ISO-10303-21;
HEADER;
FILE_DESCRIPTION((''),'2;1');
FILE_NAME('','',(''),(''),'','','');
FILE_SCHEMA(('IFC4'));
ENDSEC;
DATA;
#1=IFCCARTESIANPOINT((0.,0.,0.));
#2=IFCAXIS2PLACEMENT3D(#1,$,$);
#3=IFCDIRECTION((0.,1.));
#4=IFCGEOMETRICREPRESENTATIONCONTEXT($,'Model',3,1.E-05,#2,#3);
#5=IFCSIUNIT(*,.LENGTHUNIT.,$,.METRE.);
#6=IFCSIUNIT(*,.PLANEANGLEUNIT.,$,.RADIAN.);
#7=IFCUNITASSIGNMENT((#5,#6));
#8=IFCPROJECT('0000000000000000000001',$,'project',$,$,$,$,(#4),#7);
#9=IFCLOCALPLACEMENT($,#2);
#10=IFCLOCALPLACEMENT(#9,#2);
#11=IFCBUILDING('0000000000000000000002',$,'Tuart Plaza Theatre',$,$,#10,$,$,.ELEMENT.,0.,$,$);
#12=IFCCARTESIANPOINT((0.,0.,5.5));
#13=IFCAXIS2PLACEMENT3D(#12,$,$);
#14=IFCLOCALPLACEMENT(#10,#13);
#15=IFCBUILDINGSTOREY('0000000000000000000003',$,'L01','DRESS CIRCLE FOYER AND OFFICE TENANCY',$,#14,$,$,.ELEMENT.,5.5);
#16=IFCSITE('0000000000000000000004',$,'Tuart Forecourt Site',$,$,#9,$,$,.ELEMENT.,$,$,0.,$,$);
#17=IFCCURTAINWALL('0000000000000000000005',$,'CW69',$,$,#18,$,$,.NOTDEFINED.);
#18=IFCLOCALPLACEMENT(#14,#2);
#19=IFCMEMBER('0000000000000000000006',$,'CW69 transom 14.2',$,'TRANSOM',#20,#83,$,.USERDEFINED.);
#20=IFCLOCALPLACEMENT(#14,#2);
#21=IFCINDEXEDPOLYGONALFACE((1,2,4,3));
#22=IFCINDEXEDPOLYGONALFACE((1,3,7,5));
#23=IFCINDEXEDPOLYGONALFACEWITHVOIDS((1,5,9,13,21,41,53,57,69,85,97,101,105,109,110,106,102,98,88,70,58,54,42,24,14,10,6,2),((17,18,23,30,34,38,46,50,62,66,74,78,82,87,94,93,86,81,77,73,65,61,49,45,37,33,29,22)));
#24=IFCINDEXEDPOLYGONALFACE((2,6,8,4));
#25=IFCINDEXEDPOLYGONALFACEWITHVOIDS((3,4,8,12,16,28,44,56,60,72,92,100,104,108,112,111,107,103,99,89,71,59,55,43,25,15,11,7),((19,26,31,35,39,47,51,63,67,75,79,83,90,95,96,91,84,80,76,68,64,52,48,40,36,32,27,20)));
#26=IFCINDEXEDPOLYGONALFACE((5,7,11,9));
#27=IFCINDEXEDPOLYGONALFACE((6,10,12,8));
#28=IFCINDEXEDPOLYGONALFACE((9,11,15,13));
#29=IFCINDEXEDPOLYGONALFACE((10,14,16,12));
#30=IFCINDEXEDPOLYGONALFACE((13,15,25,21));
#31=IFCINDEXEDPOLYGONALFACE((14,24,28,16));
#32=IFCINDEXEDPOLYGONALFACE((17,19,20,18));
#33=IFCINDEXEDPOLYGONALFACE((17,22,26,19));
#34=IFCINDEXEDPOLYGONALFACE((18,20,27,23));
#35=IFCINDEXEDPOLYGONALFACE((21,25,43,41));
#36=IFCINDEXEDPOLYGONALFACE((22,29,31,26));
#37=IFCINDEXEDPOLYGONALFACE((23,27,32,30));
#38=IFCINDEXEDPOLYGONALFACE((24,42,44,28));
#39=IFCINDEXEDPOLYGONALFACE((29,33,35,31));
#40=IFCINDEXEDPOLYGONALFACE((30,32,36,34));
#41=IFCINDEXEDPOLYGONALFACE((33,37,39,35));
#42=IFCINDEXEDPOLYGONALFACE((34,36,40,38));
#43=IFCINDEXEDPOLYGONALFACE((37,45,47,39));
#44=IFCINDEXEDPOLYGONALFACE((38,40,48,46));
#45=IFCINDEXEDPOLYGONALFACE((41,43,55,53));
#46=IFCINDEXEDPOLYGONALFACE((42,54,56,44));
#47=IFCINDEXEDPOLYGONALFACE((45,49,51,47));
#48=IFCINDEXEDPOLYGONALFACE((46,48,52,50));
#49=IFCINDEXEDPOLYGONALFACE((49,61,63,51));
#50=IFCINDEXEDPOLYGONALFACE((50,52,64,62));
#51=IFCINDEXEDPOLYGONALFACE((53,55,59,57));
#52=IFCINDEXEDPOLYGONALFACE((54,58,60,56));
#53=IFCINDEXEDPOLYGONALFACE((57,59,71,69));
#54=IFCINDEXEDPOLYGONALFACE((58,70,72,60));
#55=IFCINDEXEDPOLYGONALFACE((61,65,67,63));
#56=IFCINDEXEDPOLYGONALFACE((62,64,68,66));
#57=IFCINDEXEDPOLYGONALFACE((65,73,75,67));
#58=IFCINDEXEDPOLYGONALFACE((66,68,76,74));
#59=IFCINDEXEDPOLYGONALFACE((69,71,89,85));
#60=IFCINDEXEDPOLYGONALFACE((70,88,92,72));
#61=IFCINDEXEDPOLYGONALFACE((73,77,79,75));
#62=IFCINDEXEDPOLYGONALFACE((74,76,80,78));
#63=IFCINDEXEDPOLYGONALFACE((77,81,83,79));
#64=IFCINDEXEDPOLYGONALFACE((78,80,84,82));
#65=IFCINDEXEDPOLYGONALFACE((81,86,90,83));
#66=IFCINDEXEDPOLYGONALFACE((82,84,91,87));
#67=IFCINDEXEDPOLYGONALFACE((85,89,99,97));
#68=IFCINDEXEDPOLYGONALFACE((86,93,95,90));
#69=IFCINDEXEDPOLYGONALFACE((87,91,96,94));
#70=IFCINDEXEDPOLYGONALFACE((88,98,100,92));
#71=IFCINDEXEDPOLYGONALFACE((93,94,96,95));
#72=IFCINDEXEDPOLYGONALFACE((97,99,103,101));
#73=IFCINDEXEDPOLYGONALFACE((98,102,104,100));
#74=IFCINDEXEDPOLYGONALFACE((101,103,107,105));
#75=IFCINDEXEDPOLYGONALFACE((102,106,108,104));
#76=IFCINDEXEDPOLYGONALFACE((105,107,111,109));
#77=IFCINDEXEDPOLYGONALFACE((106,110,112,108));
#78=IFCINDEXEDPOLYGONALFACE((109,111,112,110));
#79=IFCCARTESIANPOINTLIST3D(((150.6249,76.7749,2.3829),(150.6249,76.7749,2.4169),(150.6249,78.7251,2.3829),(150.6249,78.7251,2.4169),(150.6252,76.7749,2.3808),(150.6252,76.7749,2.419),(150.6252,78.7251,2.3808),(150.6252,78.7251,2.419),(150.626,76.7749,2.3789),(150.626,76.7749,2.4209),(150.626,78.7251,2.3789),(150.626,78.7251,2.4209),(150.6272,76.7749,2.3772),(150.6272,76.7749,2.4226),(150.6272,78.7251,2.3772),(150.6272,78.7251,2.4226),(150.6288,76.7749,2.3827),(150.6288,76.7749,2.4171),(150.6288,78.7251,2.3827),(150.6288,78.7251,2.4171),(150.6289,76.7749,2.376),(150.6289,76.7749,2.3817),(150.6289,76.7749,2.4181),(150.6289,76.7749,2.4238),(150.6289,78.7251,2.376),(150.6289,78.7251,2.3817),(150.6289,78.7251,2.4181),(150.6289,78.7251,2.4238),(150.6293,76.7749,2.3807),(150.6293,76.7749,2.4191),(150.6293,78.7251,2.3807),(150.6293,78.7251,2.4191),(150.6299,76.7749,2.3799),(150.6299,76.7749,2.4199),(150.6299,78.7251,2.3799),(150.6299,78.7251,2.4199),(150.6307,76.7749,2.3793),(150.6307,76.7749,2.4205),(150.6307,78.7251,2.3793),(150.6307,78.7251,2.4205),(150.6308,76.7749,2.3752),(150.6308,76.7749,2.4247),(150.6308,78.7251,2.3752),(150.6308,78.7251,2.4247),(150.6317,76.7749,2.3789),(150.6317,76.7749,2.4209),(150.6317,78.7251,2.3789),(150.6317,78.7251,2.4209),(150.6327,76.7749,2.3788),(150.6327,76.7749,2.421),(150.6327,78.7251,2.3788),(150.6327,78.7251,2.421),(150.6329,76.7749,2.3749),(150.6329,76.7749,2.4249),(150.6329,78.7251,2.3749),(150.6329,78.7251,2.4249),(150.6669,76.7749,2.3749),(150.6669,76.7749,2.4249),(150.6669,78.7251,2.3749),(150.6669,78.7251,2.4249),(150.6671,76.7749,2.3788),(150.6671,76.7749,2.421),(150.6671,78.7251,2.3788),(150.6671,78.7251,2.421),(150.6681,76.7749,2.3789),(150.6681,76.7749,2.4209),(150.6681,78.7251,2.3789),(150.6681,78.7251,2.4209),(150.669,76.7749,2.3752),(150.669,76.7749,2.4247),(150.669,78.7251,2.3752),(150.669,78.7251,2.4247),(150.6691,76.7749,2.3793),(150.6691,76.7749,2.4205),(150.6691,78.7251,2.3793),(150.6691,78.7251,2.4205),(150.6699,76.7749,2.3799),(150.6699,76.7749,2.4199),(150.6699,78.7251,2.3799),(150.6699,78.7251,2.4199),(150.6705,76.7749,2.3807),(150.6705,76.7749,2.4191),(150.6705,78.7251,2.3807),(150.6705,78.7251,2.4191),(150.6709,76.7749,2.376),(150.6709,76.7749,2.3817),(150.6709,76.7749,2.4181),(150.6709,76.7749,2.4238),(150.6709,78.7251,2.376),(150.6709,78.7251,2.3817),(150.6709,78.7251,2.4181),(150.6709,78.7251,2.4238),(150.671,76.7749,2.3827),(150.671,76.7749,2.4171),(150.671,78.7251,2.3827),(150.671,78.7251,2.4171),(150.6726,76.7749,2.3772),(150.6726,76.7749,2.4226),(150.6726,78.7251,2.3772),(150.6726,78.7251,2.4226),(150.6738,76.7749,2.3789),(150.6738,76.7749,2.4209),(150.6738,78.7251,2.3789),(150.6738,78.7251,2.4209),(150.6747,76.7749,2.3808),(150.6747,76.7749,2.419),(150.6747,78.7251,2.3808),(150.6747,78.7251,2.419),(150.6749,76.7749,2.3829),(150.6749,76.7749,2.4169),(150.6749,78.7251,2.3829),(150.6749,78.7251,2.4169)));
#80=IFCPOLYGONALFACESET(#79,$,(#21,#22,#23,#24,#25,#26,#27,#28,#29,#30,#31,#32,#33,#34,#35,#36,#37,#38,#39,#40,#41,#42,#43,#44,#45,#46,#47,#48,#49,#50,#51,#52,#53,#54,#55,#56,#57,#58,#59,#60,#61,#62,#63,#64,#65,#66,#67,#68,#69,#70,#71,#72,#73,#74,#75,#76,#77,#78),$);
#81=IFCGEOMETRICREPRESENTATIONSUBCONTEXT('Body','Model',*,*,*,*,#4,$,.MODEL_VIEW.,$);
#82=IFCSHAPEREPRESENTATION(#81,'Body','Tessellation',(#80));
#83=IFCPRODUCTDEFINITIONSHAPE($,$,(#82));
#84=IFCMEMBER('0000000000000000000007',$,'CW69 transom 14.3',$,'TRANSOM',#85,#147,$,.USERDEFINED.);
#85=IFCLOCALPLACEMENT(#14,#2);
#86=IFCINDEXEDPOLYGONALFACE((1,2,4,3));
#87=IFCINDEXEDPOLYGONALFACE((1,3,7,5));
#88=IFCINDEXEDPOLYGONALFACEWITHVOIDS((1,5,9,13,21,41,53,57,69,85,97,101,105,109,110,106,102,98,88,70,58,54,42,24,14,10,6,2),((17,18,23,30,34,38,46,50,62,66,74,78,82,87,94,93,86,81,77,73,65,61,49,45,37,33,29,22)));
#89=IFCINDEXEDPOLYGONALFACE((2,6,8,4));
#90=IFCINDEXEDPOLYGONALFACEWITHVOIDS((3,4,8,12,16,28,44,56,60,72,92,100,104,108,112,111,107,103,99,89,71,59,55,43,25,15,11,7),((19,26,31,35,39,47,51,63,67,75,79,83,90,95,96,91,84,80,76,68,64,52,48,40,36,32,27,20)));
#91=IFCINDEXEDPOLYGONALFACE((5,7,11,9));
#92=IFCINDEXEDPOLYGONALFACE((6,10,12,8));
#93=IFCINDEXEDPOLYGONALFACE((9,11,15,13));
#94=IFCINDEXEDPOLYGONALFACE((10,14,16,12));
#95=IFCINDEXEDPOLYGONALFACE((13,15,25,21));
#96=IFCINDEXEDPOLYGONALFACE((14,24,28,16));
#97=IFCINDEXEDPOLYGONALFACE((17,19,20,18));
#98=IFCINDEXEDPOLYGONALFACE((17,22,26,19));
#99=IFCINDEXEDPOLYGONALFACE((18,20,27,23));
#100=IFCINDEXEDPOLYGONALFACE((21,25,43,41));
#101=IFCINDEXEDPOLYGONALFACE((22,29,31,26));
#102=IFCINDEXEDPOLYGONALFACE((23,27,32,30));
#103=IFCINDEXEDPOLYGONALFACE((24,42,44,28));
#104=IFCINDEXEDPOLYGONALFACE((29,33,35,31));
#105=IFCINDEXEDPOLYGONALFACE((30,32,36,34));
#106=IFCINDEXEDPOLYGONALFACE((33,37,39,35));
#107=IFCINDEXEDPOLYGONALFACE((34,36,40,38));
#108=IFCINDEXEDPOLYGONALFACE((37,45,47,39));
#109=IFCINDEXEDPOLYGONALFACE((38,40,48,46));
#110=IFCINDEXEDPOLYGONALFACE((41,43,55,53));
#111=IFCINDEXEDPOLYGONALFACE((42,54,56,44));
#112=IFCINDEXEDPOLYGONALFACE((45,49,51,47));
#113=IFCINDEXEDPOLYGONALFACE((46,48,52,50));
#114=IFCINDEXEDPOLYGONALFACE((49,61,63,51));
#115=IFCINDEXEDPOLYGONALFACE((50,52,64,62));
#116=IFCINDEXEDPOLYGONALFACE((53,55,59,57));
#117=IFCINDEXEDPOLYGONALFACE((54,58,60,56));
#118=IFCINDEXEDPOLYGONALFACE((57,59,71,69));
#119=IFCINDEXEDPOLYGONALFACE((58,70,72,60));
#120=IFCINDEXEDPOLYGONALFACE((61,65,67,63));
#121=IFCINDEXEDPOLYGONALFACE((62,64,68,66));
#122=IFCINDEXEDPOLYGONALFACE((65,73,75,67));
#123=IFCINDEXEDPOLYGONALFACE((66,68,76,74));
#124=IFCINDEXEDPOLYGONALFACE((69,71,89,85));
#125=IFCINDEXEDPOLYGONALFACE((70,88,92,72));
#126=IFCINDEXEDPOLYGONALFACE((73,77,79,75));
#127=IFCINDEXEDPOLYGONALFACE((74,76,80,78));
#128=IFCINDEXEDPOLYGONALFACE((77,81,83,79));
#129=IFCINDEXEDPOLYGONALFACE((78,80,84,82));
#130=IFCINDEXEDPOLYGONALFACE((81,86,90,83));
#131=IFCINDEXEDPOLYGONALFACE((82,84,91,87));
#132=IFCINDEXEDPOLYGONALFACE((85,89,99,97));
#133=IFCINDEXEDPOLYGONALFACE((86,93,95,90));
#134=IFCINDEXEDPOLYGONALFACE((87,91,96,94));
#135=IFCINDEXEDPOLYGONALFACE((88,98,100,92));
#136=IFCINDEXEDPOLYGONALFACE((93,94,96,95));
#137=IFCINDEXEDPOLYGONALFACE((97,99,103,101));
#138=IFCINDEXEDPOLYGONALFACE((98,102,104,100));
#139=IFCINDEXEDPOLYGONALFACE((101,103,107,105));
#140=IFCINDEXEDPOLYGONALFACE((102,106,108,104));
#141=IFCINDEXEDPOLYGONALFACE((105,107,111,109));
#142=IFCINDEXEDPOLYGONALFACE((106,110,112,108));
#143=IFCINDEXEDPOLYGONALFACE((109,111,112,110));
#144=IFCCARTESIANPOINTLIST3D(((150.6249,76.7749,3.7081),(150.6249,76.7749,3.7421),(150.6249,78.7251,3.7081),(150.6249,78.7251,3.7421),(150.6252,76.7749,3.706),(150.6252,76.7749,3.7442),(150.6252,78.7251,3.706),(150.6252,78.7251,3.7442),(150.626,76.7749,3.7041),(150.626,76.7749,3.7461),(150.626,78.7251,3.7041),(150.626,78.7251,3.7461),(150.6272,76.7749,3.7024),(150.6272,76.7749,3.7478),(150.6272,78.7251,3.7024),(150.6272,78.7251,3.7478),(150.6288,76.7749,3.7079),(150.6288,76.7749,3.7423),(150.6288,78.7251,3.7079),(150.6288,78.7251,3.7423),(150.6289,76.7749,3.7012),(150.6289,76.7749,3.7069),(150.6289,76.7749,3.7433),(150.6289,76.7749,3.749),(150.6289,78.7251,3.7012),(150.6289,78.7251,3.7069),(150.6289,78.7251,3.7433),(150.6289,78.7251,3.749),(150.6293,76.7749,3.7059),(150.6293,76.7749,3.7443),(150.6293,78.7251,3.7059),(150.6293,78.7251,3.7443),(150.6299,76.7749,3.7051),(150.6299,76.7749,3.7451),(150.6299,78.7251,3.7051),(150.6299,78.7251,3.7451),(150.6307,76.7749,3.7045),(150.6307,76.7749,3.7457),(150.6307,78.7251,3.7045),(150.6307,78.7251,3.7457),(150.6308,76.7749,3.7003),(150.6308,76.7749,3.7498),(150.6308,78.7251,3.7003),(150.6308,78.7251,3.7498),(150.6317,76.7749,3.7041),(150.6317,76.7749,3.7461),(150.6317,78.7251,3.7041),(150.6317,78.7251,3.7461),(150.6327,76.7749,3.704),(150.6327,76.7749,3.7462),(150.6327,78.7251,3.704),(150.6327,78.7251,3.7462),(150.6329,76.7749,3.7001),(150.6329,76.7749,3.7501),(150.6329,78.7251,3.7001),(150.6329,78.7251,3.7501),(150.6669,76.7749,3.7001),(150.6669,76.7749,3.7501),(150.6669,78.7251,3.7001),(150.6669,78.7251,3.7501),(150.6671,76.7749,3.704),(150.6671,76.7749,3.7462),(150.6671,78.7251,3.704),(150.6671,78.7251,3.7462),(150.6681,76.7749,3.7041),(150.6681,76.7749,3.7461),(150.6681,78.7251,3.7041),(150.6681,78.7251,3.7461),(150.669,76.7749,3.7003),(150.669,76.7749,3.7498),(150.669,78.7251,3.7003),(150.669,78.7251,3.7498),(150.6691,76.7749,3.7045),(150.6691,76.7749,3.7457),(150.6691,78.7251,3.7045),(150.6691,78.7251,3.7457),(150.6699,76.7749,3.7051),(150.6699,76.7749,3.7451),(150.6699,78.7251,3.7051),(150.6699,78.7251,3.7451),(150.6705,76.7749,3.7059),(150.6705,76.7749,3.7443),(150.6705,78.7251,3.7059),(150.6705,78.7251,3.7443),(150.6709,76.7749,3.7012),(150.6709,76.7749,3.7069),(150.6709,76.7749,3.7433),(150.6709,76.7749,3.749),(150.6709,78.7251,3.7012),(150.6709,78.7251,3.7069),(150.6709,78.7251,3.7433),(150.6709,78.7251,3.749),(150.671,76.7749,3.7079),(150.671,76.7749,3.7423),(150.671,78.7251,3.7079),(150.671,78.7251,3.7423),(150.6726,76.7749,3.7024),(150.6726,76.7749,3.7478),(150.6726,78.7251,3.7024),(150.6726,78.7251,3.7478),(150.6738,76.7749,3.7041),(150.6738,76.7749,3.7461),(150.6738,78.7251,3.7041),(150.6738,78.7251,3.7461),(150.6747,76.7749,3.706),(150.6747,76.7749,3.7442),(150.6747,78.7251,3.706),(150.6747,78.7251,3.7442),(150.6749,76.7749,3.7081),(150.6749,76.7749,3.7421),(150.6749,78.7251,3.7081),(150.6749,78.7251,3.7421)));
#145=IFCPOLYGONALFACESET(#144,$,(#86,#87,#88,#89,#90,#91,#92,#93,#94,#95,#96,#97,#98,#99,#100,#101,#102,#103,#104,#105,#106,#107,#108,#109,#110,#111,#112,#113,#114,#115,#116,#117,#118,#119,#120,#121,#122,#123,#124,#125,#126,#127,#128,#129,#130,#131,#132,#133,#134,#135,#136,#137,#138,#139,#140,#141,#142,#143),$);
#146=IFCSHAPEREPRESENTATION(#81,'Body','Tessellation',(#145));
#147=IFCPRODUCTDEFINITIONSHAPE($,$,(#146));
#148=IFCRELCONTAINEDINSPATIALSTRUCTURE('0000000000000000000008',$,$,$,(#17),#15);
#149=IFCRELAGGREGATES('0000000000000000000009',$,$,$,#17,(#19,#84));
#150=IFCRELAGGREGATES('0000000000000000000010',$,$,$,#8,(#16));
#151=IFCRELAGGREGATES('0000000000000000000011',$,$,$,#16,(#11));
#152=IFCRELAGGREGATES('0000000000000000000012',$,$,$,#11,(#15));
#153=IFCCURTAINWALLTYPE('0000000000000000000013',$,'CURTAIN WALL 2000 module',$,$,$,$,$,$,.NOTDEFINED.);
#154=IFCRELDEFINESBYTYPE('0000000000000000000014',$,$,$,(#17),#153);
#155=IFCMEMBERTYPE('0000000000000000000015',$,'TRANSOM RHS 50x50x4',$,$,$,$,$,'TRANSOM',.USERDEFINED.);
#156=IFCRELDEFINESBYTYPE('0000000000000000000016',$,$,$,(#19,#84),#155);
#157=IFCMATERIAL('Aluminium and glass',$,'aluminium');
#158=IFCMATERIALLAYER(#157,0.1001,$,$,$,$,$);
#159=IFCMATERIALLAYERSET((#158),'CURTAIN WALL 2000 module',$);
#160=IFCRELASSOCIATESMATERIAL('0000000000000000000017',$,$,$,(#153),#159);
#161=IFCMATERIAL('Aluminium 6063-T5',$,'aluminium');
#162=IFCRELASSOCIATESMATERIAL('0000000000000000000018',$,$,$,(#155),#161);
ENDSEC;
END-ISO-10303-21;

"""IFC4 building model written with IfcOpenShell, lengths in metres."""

from ifc_helpers import new_model, si_unit, direction, frame, origin, origin_2d, place, context, subcontext, project, spatial, hollow_rectangle, extrude, material, layer, layer_set, material_profile, profile_set, type_object, element, aggregate, save


model = new_model("IFC4")

# Units and contexts
model_context = context("Model", 3, precision=1e-05, world=origin(), true_north=direction((0.0, 1.0)))
body_context = subcontext(model_context, "Body", "Model", "MODEL_VIEW")
ifc_project = project(units=[si_unit("LENGTHUNIT", "METRE"), si_unit("PLANEANGLEUNIT", "RADIAN")], contexts=[model_context])

# Site, building, storey
site_placement = place(None, origin())
site = spatial("IfcSite", under=ifc_project, at=site_placement, Name="Tuart Forecourt Site", CompositionType="ELEMENT", RefElevation=0.0)
building_placement = place(site_placement, origin())
building = spatial("IfcBuilding", under=site, at=building_placement, Name="Tuart Plaza Theatre", CompositionType="ELEMENT", ElevationOfRefHeight=0.0)
storey_placement = place(building_placement, frame((0.0, 0.0, 5.5)))
storey = spatial("IfcBuildingStorey", under=building, at=storey_placement, Name="L01", Description="DRESS CIRCLE FOYER AND OFFICE TENANCY", CompositionType="ELEMENT", Elevation=5.5)

# Curtain wall, members
ifc_material_1 = material(Name="Aluminium and glass", Category="aluminium")
ifc_layer_1 = layer(ifc_material_1, 0.1001)
ifc_layer_set_1 = layer_set([ifc_layer_1], Name="CURTAIN WALL 2000 module")
curtain_wall_type = type_object("IfcCurtainWallType", Name="CURTAIN WALL 2000 module", PredefinedType="NOTDEFINED", material=ifc_layer_set_1)
curtain_wall_placement = place(storey_placement, origin())
curtain_wall = element("IfcCurtainWall", 1, at=curtain_wall_placement, inside=storey, type_object=curtain_wall_type, Name="CW69", PredefinedType="NOTDEFINED")
ifc_material_2 = material(Name="Aluminium 6063-T5", Category="aluminium")
ifc_material_profile_1 = material_profile(ifc_material_2, hollow_rectangle(XDim=0.05, YDim=0.05, WallThickness=0.0039, InnerFilletRadius=0.0039, OuterFilletRadius=0.0081, at=origin_2d()), Name="RHS 50x50x4")
ifc_profile_set_1 = profile_set([ifc_material_profile_1], Name="Aluminium 6063-T5")
member_type_1 = type_object("IfcMemberType", Name="TRANSOM RHS 50x50x4", ElementType="TRANSOM", PredefinedType="USERDEFINED", material=ifc_profile_set_1)
member_1_placement = place(storey_placement, frame((150.6499, 76.7749, 2.3999), z_axis=(0.0, 1.0, 0.0), x_axis=(-1.0, 0.0, 0.0)))
member_1 = element("IfcMember", 2, at=member_1_placement, type_object=member_type_1, Name="CW69 transom 14.2", ObjectType="TRANSOM", PredefinedType="USERDEFINED", context=body_context, shape_type="SweptSolid", body=[
    extrude(hollow_rectangle(XDim=0.05, YDim=0.05, WallThickness=0.0039, InnerFilletRadius=0.0039, OuterFilletRadius=0.0081, at=origin_2d()), origin(), (0.0, 0.0, 1.0), 1.9502),
])
member_2_placement = place(storey_placement, frame((150.6499, 76.7749, 3.7251), z_axis=(0.0, 1.0, 0.0), x_axis=(-1.0, 0.0, 0.0)))
member_2 = element("IfcMember", 3, at=member_2_placement, type_object=member_type_1, Name="CW69 transom 14.3", ObjectType="TRANSOM", PredefinedType="USERDEFINED", context=body_context, shape_type="SweptSolid", body=[
    extrude(hollow_rectangle(XDim=0.05, YDim=0.05, WallThickness=0.0039, InnerFilletRadius=0.0039, OuterFilletRadius=0.0081, at=origin_2d()), origin(), (0.0, 0.0, 1.0), 1.9502),
])
aggregate(curtain_wall, [member_1, member_2])

save(model, "model.ifc")
